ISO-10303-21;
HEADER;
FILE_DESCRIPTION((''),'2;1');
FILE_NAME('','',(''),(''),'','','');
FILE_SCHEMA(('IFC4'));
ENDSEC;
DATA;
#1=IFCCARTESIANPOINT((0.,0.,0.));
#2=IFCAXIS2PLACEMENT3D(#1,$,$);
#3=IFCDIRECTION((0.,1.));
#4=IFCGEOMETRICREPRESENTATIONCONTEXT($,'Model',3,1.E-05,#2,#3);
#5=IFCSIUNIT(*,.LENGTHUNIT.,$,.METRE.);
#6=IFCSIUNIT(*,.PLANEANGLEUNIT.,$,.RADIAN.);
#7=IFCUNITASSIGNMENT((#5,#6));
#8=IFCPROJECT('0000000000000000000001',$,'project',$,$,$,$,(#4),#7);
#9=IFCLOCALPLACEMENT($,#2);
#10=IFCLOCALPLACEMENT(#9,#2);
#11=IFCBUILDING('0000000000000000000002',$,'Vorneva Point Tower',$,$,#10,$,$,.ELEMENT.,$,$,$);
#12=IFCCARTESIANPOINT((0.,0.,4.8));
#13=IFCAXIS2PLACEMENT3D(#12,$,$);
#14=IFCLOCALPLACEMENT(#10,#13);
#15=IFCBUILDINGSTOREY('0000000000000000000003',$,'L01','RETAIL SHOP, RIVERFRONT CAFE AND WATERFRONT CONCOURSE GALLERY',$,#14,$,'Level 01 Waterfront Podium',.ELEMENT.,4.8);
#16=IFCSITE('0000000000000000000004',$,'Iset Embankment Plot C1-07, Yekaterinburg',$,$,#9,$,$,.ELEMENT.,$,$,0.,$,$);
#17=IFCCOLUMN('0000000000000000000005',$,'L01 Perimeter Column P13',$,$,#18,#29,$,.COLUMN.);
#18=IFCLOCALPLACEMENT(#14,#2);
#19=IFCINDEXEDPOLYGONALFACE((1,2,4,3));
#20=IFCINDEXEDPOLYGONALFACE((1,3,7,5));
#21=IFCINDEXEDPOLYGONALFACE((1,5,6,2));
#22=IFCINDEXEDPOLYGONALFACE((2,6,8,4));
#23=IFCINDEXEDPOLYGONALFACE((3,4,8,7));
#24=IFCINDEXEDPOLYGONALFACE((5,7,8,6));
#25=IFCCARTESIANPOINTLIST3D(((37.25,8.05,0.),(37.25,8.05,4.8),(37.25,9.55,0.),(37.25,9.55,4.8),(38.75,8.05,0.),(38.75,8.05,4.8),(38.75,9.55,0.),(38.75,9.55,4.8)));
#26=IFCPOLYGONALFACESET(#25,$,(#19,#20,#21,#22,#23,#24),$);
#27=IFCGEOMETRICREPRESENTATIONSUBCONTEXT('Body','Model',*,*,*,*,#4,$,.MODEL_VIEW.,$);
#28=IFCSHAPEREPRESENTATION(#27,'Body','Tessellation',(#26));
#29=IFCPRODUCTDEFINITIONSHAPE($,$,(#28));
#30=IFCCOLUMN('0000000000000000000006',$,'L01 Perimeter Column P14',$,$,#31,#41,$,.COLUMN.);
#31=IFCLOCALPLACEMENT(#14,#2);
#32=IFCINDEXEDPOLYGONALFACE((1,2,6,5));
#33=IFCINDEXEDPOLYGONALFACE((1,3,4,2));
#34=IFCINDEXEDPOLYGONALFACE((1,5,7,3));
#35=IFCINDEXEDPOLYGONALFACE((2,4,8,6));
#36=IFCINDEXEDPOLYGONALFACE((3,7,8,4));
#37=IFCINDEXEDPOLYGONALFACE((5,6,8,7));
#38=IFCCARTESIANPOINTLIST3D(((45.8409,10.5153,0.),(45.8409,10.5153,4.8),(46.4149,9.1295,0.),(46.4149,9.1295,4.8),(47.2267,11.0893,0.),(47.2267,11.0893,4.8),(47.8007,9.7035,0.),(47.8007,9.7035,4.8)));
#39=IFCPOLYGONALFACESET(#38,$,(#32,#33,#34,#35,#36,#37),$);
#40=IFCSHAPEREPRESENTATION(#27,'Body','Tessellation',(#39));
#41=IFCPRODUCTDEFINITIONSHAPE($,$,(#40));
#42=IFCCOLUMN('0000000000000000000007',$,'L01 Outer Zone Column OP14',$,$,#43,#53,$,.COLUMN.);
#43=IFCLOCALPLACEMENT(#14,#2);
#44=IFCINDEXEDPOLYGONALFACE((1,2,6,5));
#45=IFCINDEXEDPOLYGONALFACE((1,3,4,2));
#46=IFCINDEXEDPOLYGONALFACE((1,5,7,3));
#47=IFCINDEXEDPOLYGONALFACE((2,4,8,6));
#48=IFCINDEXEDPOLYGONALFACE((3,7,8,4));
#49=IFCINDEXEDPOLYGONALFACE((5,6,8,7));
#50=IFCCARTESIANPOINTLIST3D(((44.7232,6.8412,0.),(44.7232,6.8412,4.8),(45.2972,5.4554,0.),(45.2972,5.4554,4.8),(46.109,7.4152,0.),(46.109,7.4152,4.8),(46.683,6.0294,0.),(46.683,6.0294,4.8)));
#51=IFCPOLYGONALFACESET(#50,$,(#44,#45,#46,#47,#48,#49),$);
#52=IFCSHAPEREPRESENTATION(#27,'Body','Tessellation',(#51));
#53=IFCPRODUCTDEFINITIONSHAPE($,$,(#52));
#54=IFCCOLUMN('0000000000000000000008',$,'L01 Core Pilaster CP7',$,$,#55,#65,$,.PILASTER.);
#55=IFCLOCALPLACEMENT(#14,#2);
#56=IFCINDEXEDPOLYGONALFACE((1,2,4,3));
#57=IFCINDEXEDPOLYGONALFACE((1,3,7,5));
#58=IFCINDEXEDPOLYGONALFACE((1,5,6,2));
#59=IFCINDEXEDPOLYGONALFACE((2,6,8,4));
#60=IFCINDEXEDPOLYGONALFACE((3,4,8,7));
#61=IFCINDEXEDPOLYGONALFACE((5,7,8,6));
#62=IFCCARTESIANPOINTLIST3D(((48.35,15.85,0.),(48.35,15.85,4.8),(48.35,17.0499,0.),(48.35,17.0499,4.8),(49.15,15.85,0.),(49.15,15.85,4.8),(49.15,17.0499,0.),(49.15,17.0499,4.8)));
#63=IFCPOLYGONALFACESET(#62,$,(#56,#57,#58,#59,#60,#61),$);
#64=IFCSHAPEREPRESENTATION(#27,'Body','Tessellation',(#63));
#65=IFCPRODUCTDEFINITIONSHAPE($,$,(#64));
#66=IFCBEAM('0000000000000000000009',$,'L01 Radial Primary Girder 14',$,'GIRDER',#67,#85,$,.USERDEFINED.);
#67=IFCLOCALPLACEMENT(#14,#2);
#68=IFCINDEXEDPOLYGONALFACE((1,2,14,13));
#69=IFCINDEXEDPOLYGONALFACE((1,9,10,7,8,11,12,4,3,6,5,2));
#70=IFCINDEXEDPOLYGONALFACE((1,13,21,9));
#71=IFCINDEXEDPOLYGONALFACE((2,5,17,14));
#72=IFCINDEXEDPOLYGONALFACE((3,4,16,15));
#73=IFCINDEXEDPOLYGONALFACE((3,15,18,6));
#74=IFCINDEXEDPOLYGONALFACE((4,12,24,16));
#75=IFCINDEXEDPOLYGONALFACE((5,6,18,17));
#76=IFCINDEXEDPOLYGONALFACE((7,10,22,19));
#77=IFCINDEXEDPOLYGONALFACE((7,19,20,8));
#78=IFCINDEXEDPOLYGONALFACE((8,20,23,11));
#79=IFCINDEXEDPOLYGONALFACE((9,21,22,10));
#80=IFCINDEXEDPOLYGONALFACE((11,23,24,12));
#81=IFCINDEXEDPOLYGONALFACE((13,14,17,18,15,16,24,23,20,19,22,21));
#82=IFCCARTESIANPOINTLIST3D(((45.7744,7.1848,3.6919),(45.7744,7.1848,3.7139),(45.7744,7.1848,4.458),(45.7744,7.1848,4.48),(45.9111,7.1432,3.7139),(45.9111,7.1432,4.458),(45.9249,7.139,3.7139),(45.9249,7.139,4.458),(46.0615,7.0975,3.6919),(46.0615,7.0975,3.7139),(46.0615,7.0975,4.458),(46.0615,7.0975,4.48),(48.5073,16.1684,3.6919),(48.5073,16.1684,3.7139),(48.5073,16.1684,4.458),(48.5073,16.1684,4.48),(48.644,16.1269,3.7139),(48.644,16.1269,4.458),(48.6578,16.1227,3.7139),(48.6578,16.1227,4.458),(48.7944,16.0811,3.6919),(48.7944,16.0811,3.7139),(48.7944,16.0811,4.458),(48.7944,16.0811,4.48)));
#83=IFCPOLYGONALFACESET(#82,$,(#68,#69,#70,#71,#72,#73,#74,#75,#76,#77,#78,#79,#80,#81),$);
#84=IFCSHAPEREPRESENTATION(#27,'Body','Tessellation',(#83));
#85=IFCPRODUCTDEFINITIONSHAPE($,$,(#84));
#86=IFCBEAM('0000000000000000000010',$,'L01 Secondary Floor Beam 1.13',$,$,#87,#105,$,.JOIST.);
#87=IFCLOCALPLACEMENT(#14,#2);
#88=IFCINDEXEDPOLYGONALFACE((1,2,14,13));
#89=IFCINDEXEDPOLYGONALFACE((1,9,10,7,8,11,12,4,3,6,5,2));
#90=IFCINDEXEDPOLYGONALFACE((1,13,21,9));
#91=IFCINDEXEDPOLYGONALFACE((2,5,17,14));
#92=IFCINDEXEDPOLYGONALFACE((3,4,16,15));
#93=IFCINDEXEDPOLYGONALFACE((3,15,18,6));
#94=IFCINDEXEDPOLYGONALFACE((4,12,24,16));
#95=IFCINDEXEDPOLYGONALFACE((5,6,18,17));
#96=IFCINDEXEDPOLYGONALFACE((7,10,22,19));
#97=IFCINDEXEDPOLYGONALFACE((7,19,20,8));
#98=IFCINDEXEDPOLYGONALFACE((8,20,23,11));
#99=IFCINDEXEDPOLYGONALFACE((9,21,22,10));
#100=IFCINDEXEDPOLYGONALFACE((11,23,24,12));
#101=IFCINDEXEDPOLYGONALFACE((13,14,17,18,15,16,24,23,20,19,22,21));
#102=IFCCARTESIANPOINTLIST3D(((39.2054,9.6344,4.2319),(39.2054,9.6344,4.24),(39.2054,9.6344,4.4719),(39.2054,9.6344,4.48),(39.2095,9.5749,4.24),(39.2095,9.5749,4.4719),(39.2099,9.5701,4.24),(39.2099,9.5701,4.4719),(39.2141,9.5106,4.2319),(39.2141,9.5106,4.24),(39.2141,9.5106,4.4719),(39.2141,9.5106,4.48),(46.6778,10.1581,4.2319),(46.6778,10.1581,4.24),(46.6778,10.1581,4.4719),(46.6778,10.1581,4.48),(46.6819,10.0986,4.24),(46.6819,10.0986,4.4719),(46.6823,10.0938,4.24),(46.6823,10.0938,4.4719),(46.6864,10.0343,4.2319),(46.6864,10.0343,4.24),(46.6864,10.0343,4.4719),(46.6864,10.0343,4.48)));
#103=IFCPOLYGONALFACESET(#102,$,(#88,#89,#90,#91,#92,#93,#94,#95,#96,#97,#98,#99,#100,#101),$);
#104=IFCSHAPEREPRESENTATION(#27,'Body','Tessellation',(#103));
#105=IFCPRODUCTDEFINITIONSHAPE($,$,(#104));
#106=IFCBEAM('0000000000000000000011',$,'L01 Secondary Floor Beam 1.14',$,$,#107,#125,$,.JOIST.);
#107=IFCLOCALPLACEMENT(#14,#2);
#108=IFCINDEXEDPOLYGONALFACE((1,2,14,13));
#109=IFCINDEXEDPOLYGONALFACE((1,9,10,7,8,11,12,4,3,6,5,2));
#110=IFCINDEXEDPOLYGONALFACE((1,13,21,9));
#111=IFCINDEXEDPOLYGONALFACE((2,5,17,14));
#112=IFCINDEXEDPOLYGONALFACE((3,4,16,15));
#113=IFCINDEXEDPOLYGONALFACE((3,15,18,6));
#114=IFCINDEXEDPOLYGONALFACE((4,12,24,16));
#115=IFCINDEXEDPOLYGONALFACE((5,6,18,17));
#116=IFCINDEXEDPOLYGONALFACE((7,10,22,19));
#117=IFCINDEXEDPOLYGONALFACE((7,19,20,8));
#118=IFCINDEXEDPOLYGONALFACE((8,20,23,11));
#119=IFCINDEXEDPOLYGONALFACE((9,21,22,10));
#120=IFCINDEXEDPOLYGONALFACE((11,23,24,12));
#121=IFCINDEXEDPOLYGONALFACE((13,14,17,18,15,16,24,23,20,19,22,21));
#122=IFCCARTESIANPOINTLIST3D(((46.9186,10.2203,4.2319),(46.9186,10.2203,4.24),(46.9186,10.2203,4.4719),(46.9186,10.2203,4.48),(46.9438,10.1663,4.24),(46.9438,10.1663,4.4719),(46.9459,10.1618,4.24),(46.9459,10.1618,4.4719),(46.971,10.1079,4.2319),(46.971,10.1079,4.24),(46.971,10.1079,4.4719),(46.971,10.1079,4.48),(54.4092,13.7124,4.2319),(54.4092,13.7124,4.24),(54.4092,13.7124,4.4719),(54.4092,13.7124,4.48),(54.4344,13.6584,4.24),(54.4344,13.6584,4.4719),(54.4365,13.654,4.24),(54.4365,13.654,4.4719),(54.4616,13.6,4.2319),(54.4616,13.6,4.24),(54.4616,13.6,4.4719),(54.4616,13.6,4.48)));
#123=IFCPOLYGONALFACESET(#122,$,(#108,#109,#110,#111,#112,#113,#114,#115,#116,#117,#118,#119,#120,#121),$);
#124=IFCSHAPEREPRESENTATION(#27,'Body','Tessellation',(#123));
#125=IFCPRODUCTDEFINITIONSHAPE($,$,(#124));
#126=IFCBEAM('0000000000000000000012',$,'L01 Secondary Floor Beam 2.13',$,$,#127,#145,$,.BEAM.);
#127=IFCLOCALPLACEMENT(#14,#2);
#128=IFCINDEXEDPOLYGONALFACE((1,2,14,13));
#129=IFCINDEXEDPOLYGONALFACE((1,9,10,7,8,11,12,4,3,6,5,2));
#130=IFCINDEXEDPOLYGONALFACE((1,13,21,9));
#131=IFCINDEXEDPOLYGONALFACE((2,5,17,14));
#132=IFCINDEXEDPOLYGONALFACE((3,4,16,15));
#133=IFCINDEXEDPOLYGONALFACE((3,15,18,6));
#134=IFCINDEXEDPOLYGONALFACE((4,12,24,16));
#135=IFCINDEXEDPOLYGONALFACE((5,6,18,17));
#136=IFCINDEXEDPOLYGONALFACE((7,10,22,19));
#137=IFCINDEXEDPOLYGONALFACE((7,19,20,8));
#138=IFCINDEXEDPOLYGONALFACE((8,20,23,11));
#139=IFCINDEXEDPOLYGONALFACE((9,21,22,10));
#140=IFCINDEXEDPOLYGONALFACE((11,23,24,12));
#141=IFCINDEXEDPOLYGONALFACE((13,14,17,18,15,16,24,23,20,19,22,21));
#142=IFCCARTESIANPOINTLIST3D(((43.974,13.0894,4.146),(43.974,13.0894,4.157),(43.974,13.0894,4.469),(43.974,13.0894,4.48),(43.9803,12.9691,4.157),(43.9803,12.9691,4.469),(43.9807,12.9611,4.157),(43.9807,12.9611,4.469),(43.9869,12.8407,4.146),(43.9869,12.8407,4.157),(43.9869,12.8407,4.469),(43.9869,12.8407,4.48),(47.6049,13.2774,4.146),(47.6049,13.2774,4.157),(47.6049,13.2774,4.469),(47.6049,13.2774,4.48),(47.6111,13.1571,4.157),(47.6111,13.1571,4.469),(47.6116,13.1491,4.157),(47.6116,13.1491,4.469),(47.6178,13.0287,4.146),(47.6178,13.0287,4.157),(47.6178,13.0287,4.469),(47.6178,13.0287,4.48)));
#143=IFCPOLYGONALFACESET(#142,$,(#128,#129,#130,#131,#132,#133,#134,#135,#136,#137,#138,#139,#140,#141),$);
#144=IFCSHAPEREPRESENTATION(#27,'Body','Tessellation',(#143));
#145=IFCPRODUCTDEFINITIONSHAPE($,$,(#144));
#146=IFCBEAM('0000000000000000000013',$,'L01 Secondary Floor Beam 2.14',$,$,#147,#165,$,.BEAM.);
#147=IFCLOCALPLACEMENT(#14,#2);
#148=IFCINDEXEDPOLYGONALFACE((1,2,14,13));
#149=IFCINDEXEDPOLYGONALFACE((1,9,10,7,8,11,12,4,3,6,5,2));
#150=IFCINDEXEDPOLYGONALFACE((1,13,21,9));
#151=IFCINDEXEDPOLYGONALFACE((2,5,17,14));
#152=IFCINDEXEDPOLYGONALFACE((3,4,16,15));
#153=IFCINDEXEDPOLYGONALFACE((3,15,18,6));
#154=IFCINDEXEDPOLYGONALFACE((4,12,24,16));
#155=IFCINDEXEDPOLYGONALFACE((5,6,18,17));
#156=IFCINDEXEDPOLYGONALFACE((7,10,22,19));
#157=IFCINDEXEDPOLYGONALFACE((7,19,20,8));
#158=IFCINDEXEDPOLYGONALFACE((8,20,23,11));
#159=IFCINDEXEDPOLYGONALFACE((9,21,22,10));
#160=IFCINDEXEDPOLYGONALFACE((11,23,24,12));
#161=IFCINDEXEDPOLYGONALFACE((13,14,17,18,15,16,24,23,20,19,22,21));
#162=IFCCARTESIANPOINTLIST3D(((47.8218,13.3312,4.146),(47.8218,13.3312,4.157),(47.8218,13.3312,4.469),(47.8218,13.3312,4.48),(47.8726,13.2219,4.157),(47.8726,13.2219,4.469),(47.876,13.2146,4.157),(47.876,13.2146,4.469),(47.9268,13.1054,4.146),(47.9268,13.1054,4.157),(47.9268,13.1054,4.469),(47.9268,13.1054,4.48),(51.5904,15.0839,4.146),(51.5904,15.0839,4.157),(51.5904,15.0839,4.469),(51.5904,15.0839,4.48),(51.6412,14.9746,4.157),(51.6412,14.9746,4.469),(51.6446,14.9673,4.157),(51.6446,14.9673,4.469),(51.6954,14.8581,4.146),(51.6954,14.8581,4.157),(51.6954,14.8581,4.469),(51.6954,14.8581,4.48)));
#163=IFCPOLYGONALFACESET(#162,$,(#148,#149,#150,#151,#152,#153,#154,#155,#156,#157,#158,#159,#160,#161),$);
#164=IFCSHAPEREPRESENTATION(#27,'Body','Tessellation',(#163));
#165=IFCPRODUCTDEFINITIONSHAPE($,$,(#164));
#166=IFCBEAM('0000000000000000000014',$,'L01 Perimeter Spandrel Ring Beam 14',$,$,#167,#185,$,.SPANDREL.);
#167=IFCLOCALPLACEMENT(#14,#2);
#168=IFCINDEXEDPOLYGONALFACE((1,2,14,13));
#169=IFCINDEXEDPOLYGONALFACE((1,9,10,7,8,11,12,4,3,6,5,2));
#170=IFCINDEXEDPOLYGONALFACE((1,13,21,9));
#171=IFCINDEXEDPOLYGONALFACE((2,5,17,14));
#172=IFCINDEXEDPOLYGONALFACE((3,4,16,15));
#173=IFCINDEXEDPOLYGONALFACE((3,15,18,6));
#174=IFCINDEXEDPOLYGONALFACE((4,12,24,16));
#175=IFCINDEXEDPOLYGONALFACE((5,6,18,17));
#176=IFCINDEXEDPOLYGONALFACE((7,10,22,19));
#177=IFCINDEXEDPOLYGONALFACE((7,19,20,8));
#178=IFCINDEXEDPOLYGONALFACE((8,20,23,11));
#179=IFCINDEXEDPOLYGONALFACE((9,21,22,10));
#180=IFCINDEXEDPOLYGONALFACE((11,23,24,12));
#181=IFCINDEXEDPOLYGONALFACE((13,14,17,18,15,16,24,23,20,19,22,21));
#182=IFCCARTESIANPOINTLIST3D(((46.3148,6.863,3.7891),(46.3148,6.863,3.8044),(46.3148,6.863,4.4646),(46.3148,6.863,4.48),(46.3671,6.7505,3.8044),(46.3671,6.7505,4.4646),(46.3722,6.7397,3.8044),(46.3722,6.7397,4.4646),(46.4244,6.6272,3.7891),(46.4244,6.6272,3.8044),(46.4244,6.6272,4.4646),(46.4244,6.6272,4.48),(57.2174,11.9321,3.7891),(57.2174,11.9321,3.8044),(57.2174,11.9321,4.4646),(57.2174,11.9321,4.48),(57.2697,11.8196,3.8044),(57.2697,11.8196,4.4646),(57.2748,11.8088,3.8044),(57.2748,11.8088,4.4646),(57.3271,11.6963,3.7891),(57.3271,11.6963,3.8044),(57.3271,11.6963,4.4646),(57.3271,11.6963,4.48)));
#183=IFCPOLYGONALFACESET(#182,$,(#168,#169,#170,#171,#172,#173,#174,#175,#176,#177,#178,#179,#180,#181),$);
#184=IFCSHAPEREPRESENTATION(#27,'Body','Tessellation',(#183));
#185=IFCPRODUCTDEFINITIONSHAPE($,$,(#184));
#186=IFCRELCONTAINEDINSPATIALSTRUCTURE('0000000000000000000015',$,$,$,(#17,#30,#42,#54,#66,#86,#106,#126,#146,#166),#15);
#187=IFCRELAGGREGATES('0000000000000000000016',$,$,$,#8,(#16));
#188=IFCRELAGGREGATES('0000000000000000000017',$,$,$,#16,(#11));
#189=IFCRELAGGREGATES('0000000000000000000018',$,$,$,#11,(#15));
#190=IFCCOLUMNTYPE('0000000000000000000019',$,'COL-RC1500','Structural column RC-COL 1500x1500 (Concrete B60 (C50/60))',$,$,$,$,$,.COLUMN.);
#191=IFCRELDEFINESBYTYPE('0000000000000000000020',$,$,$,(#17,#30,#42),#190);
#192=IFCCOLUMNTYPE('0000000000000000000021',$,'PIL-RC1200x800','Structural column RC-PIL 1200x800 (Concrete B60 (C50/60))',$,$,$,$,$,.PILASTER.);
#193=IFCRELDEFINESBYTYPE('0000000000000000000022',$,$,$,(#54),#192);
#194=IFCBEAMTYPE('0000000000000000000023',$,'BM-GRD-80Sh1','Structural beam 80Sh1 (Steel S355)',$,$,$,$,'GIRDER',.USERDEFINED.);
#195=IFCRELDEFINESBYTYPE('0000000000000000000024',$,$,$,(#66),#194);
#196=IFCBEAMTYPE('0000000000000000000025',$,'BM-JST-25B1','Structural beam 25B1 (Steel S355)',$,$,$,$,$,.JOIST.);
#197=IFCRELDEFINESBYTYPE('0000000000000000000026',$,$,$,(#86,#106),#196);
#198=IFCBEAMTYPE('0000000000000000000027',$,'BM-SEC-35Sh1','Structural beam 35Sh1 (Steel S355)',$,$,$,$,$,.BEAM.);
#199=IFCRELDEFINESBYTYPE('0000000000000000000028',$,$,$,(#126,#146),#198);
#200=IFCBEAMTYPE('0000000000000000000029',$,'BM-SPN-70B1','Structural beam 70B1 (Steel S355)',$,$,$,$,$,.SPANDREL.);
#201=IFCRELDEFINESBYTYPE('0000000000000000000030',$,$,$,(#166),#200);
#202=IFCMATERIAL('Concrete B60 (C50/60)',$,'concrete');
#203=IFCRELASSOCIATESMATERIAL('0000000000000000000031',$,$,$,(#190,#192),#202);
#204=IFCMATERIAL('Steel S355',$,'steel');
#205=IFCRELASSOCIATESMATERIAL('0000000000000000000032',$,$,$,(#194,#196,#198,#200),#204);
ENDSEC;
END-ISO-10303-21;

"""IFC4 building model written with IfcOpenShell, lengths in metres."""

from ifc_helpers import new_model, si_unit, direction, frame, origin, origin_2d, place, context, subcontext, project, spatial, rectangle, i_section, extrude, material, material_profile, profile_set, type_object, element, save


model = new_model("IFC4")

# Units and contexts
model_context = context("Model", 3, precision=1e-05, world=origin(), true_north=direction((0.0, 1.0)))
body_context = subcontext(model_context, "Body", "Model", "MODEL_VIEW")
ifc_project = project(units=[si_unit("LENGTHUNIT", "METRE"), si_unit("PLANEANGLEUNIT", "RADIAN")], contexts=[model_context])

# Site, building, storey
site_placement = place(None, origin())
site = spatial("IfcSite", under=ifc_project, at=site_placement, Name="Iset Embankment Plot C1-07, Yekaterinburg", CompositionType="ELEMENT", RefElevation=0.0)
building_placement = place(site_placement, origin())
building = spatial("IfcBuilding", under=site, at=building_placement, Name="Vorneva Point Tower", CompositionType="ELEMENT")
storey_placement = place(building_placement, frame((0.0, 0.0, 4.8)))
storey = spatial("IfcBuildingStorey", under=building, at=storey_placement, Name="L01", Description="RETAIL SHOP, RIVERFRONT CAFE AND WATERFRONT CONCOURSE GALLERY", LongName="Level 01 Waterfront Podium", CompositionType="ELEMENT", Elevation=4.8)

# Columns
ifc_material_1 = material(Name="Concrete B60 (C50/60)", Category="concrete")
ifc_material_profile_1 = material_profile(ifc_material_1, rectangle(XDim=1.5, YDim=1.5, at=origin_2d()), Name="RC-COL 1500x1500")
ifc_profile_set_1 = profile_set([ifc_material_profile_1], Name="Concrete B60 (C50/60)")
column_type_1 = type_object("IfcColumnType", Name="COL-RC1500", Description="Structural column RC-COL 1500x1500 (Concrete B60 (C50/60))", PredefinedType="COLUMN", material=ifc_profile_set_1)
for number, where, z_axis, x_axis, name in (
    (1, (38.0, 8.8, 0.0), (0.0, 0.0, 1.0), (0.0, -1.0, 0.0), "L01 Perimeter Column P13"),
    (2, (46.8208, 10.1094, 0.0), (0.0, 0.0, 1.0), (0.382683, -0.92388, 0.0), "L01 Perimeter Column P14"),
    (3, (45.7031, 6.4353, 0.0), (0.0, 0.0, 1.0), (0.382683, -0.92388, 0.0), "L01 Outer Zone Column OP14"),
):
    element("IfcColumn", number, at=place(storey_placement, frame(where, z_axis=z_axis, x_axis=x_axis)), inside=storey, type_object=column_type_1, Name=name, PredefinedType="COLUMN", context=body_context, shape_type="SweptSolid", body=[
        extrude(rectangle(XDim=1.5, YDim=1.5, at=origin_2d()), origin(), (0.0, 0.0, 1.0), 4.8),
    ])
ifc_material_profile_2 = material_profile(ifc_material_1, rectangle(XDim=0.8, YDim=1.2, at=origin_2d()), Name="RC-PIL 1200x800")
ifc_profile_set_2 = profile_set([ifc_material_profile_2], Name="Concrete B60 (C50/60)")
column_type_2 = type_object("IfcColumnType", Name="PIL-RC1200x800", Description="Structural column RC-PIL 1200x800 (Concrete B60 (C50/60))", PredefinedType="PILASTER", material=ifc_profile_set_2)
column_placement = place(storey_placement, frame((48.75, 16.45, 0.0), z_axis=(0.0, 0.0, 1.0), x_axis=(1.0, 0.0, 0.0)))
element("IfcColumn", 4, at=column_placement, inside=storey, type_object=column_type_2, Name="L01 Core Pilaster CP7", PredefinedType="PILASTER", context=body_context, shape_type="SweptSolid", body=[
    extrude(rectangle(XDim=0.8, YDim=1.2, at=origin_2d()), origin(), (0.0, 0.0, 1.0), 4.8),
])

# Beams
ifc_material_2 = material(Name="Steel S355", Category="steel")
ifc_material_profile_3 = material_profile(ifc_material_2, i_section(OverallWidth=0.3, OverallDepth=0.7881, WebThickness=0.0144, FlangeThickness=0.022, at=origin_2d()), Name="80Sh1")
ifc_profile_set_3 = profile_set([ifc_material_profile_3], Name="Steel S355")
beam_type_1 = type_object("IfcBeamType", Name="BM-GRD-80Sh1", Description="Structural beam 80Sh1 (Steel S355)", ElementType="GIRDER", PredefinedType="USERDEFINED", material=ifc_profile_set_3)
beam_1_placement = place(storey_placement, frame((45.918, 7.1411, 4.0859), z_axis=(0.291041, 0.956711, 0.0), x_axis=(-0.956711, 0.291041, 0.0)))
element("IfcBeam", 5, at=beam_1_placement, inside=storey, type_object=beam_type_1, Name="L01 Radial Primary Girder 14", ObjectType="GIRDER", PredefinedType="USERDEFINED", context=body_context, shape_type="SweptSolid", body=[
    extrude(i_section(OverallWidth=0.3, OverallDepth=0.7881, WebThickness=0.0144, FlangeThickness=0.022, at=origin_2d()), origin(), (0.0, 0.0, 1.0), 9.3901),
])
ifc_material_profile_4 = material_profile(ifc_material_2, i_section(OverallWidth=0.124, OverallDepth=0.248, WebThickness=0.0049, FlangeThickness=0.0081, at=origin_2d()), Name="25B1")
ifc_profile_set_4 = profile_set([ifc_material_profile_4], Name="Steel S355")
beam_type_2 = type_object("IfcBeamType", Name="BM-JST-25B1", Description="Structural beam 25B1 (Steel S355)", PredefinedType="JOIST", material=ifc_profile_set_4)
beam_2_placement = place(storey_placement, frame((39.2097, 9.5725, 4.356), z_axis=(0.997553, 0.069911, 0.0), x_axis=(-0.069911, 0.997553, 0.0)))
element("IfcBeam", 6, at=beam_2_placement, inside=storey, type_object=beam_type_2, Name="L01 Secondary Floor Beam 1.13", PredefinedType="JOIST", context=body_context, shape_type="SweptSolid", body=[
    extrude(i_section(OverallWidth=0.124, OverallDepth=0.248, WebThickness=0.0049, FlangeThickness=0.0081, at=origin_2d()), origin(), (0.0, 0.0, 1.0), 7.4907),
])
beam_3_placement = place(storey_placement, frame((46.9448, 10.1641, 4.356), z_axis=(0.906345, 0.422539, 0.0), x_axis=(-0.422539, 0.906345, 0.0)))
element("IfcBeam", 7, at=beam_3_placement, inside=storey, type_object=beam_type_2, Name="L01 Secondary Floor Beam 1.14", PredefinedType="JOIST", context=body_context, shape_type="SweptSolid", body=[
    extrude(i_section(OverallWidth=0.124, OverallDepth=0.248, WebThickness=0.0049, FlangeThickness=0.0081, at=origin_2d()), origin(), (0.0, 0.0, 1.0), 8.2646),
])
ifc_material_profile_5 = material_profile(ifc_material_2, i_section(OverallWidth=0.249, OverallDepth=0.334, WebThickness=0.0081, FlangeThickness=0.011, at=origin_2d()), Name="35Sh1")
ifc_profile_set_5 = profile_set([ifc_material_profile_5], Name="Steel S355")
beam_type_3 = type_object("IfcBeamType", Name="BM-SEC-35Sh1", Description="Structural beam 35Sh1 (Steel S355)", PredefinedType="BEAM", material=ifc_profile_set_5)
beam_4_placement = place(storey_placement, frame((43.9805, 12.9651, 4.313), z_axis=(0.998662, 0.051706, 0.0), x_axis=(-0.051706, 0.998662, 0.0)))
element("IfcBeam", 8, at=beam_4_placement, inside=storey, type_object=beam_type_3, Name="L01 Secondary Floor Beam 2.13", PredefinedType="BEAM", context=body_context, shape_type="SweptSolid", body=[
    extrude(i_section(OverallWidth=0.249, OverallDepth=0.334, WebThickness=0.0081, FlangeThickness=0.011, at=origin_2d()), origin(), (0.0, 0.0, 1.0), 3.6357),
])
beam_5_placement = place(storey_placement, frame((47.8743, 13.2183, 4.313), z_axis=(0.906733, 0.421705, 0.0), x_axis=(-0.421705, 0.906733, 0.0)))
element("IfcBeam", 9, at=beam_5_placement, inside=storey, type_object=beam_type_3, Name="L01 Secondary Floor Beam 2.14", PredefinedType="BEAM", context=body_context, shape_type="SweptSolid", body=[
    extrude(i_section(OverallWidth=0.249, OverallDepth=0.334, WebThickness=0.0081, FlangeThickness=0.011, at=origin_2d()), origin(), (0.0, 0.0, 1.0), 4.1562),
])
ifc_material_profile_6 = material_profile(ifc_material_2, i_section(OverallWidth=0.26, OverallDepth=0.6909, WebThickness=0.012, FlangeThickness=0.0154, at=origin_2d()), Name="70B1")
ifc_profile_set_6 = profile_set([ifc_material_profile_6], Name="Steel S355")
beam_type_4 = type_object("IfcBeamType", Name="BM-SPN-70B1", Description="Structural beam 70B1 (Steel S355)", PredefinedType="SPANDREL", material=ifc_profile_set_6)
beam_6_placement = place(storey_placement, frame((46.3696, 6.7451, 4.1345), z_axis=(0.906781, 0.421602, 0.0), x_axis=(-0.421602, 0.906781, 0.0)))
element("IfcBeam", 10, at=beam_6_placement, inside=storey, type_object=beam_type_4, Name="L01 Perimeter Spandrel Ring Beam 14", PredefinedType="SPANDREL", context=body_context, shape_type="SweptSolid", body=[
    extrude(i_section(OverallWidth=0.26, OverallDepth=0.6909, WebThickness=0.012, FlangeThickness=0.0154, at=origin_2d()), origin(), (0.0, 0.0, 1.0), 12.0234),
])

save(model, "model.ifc")
